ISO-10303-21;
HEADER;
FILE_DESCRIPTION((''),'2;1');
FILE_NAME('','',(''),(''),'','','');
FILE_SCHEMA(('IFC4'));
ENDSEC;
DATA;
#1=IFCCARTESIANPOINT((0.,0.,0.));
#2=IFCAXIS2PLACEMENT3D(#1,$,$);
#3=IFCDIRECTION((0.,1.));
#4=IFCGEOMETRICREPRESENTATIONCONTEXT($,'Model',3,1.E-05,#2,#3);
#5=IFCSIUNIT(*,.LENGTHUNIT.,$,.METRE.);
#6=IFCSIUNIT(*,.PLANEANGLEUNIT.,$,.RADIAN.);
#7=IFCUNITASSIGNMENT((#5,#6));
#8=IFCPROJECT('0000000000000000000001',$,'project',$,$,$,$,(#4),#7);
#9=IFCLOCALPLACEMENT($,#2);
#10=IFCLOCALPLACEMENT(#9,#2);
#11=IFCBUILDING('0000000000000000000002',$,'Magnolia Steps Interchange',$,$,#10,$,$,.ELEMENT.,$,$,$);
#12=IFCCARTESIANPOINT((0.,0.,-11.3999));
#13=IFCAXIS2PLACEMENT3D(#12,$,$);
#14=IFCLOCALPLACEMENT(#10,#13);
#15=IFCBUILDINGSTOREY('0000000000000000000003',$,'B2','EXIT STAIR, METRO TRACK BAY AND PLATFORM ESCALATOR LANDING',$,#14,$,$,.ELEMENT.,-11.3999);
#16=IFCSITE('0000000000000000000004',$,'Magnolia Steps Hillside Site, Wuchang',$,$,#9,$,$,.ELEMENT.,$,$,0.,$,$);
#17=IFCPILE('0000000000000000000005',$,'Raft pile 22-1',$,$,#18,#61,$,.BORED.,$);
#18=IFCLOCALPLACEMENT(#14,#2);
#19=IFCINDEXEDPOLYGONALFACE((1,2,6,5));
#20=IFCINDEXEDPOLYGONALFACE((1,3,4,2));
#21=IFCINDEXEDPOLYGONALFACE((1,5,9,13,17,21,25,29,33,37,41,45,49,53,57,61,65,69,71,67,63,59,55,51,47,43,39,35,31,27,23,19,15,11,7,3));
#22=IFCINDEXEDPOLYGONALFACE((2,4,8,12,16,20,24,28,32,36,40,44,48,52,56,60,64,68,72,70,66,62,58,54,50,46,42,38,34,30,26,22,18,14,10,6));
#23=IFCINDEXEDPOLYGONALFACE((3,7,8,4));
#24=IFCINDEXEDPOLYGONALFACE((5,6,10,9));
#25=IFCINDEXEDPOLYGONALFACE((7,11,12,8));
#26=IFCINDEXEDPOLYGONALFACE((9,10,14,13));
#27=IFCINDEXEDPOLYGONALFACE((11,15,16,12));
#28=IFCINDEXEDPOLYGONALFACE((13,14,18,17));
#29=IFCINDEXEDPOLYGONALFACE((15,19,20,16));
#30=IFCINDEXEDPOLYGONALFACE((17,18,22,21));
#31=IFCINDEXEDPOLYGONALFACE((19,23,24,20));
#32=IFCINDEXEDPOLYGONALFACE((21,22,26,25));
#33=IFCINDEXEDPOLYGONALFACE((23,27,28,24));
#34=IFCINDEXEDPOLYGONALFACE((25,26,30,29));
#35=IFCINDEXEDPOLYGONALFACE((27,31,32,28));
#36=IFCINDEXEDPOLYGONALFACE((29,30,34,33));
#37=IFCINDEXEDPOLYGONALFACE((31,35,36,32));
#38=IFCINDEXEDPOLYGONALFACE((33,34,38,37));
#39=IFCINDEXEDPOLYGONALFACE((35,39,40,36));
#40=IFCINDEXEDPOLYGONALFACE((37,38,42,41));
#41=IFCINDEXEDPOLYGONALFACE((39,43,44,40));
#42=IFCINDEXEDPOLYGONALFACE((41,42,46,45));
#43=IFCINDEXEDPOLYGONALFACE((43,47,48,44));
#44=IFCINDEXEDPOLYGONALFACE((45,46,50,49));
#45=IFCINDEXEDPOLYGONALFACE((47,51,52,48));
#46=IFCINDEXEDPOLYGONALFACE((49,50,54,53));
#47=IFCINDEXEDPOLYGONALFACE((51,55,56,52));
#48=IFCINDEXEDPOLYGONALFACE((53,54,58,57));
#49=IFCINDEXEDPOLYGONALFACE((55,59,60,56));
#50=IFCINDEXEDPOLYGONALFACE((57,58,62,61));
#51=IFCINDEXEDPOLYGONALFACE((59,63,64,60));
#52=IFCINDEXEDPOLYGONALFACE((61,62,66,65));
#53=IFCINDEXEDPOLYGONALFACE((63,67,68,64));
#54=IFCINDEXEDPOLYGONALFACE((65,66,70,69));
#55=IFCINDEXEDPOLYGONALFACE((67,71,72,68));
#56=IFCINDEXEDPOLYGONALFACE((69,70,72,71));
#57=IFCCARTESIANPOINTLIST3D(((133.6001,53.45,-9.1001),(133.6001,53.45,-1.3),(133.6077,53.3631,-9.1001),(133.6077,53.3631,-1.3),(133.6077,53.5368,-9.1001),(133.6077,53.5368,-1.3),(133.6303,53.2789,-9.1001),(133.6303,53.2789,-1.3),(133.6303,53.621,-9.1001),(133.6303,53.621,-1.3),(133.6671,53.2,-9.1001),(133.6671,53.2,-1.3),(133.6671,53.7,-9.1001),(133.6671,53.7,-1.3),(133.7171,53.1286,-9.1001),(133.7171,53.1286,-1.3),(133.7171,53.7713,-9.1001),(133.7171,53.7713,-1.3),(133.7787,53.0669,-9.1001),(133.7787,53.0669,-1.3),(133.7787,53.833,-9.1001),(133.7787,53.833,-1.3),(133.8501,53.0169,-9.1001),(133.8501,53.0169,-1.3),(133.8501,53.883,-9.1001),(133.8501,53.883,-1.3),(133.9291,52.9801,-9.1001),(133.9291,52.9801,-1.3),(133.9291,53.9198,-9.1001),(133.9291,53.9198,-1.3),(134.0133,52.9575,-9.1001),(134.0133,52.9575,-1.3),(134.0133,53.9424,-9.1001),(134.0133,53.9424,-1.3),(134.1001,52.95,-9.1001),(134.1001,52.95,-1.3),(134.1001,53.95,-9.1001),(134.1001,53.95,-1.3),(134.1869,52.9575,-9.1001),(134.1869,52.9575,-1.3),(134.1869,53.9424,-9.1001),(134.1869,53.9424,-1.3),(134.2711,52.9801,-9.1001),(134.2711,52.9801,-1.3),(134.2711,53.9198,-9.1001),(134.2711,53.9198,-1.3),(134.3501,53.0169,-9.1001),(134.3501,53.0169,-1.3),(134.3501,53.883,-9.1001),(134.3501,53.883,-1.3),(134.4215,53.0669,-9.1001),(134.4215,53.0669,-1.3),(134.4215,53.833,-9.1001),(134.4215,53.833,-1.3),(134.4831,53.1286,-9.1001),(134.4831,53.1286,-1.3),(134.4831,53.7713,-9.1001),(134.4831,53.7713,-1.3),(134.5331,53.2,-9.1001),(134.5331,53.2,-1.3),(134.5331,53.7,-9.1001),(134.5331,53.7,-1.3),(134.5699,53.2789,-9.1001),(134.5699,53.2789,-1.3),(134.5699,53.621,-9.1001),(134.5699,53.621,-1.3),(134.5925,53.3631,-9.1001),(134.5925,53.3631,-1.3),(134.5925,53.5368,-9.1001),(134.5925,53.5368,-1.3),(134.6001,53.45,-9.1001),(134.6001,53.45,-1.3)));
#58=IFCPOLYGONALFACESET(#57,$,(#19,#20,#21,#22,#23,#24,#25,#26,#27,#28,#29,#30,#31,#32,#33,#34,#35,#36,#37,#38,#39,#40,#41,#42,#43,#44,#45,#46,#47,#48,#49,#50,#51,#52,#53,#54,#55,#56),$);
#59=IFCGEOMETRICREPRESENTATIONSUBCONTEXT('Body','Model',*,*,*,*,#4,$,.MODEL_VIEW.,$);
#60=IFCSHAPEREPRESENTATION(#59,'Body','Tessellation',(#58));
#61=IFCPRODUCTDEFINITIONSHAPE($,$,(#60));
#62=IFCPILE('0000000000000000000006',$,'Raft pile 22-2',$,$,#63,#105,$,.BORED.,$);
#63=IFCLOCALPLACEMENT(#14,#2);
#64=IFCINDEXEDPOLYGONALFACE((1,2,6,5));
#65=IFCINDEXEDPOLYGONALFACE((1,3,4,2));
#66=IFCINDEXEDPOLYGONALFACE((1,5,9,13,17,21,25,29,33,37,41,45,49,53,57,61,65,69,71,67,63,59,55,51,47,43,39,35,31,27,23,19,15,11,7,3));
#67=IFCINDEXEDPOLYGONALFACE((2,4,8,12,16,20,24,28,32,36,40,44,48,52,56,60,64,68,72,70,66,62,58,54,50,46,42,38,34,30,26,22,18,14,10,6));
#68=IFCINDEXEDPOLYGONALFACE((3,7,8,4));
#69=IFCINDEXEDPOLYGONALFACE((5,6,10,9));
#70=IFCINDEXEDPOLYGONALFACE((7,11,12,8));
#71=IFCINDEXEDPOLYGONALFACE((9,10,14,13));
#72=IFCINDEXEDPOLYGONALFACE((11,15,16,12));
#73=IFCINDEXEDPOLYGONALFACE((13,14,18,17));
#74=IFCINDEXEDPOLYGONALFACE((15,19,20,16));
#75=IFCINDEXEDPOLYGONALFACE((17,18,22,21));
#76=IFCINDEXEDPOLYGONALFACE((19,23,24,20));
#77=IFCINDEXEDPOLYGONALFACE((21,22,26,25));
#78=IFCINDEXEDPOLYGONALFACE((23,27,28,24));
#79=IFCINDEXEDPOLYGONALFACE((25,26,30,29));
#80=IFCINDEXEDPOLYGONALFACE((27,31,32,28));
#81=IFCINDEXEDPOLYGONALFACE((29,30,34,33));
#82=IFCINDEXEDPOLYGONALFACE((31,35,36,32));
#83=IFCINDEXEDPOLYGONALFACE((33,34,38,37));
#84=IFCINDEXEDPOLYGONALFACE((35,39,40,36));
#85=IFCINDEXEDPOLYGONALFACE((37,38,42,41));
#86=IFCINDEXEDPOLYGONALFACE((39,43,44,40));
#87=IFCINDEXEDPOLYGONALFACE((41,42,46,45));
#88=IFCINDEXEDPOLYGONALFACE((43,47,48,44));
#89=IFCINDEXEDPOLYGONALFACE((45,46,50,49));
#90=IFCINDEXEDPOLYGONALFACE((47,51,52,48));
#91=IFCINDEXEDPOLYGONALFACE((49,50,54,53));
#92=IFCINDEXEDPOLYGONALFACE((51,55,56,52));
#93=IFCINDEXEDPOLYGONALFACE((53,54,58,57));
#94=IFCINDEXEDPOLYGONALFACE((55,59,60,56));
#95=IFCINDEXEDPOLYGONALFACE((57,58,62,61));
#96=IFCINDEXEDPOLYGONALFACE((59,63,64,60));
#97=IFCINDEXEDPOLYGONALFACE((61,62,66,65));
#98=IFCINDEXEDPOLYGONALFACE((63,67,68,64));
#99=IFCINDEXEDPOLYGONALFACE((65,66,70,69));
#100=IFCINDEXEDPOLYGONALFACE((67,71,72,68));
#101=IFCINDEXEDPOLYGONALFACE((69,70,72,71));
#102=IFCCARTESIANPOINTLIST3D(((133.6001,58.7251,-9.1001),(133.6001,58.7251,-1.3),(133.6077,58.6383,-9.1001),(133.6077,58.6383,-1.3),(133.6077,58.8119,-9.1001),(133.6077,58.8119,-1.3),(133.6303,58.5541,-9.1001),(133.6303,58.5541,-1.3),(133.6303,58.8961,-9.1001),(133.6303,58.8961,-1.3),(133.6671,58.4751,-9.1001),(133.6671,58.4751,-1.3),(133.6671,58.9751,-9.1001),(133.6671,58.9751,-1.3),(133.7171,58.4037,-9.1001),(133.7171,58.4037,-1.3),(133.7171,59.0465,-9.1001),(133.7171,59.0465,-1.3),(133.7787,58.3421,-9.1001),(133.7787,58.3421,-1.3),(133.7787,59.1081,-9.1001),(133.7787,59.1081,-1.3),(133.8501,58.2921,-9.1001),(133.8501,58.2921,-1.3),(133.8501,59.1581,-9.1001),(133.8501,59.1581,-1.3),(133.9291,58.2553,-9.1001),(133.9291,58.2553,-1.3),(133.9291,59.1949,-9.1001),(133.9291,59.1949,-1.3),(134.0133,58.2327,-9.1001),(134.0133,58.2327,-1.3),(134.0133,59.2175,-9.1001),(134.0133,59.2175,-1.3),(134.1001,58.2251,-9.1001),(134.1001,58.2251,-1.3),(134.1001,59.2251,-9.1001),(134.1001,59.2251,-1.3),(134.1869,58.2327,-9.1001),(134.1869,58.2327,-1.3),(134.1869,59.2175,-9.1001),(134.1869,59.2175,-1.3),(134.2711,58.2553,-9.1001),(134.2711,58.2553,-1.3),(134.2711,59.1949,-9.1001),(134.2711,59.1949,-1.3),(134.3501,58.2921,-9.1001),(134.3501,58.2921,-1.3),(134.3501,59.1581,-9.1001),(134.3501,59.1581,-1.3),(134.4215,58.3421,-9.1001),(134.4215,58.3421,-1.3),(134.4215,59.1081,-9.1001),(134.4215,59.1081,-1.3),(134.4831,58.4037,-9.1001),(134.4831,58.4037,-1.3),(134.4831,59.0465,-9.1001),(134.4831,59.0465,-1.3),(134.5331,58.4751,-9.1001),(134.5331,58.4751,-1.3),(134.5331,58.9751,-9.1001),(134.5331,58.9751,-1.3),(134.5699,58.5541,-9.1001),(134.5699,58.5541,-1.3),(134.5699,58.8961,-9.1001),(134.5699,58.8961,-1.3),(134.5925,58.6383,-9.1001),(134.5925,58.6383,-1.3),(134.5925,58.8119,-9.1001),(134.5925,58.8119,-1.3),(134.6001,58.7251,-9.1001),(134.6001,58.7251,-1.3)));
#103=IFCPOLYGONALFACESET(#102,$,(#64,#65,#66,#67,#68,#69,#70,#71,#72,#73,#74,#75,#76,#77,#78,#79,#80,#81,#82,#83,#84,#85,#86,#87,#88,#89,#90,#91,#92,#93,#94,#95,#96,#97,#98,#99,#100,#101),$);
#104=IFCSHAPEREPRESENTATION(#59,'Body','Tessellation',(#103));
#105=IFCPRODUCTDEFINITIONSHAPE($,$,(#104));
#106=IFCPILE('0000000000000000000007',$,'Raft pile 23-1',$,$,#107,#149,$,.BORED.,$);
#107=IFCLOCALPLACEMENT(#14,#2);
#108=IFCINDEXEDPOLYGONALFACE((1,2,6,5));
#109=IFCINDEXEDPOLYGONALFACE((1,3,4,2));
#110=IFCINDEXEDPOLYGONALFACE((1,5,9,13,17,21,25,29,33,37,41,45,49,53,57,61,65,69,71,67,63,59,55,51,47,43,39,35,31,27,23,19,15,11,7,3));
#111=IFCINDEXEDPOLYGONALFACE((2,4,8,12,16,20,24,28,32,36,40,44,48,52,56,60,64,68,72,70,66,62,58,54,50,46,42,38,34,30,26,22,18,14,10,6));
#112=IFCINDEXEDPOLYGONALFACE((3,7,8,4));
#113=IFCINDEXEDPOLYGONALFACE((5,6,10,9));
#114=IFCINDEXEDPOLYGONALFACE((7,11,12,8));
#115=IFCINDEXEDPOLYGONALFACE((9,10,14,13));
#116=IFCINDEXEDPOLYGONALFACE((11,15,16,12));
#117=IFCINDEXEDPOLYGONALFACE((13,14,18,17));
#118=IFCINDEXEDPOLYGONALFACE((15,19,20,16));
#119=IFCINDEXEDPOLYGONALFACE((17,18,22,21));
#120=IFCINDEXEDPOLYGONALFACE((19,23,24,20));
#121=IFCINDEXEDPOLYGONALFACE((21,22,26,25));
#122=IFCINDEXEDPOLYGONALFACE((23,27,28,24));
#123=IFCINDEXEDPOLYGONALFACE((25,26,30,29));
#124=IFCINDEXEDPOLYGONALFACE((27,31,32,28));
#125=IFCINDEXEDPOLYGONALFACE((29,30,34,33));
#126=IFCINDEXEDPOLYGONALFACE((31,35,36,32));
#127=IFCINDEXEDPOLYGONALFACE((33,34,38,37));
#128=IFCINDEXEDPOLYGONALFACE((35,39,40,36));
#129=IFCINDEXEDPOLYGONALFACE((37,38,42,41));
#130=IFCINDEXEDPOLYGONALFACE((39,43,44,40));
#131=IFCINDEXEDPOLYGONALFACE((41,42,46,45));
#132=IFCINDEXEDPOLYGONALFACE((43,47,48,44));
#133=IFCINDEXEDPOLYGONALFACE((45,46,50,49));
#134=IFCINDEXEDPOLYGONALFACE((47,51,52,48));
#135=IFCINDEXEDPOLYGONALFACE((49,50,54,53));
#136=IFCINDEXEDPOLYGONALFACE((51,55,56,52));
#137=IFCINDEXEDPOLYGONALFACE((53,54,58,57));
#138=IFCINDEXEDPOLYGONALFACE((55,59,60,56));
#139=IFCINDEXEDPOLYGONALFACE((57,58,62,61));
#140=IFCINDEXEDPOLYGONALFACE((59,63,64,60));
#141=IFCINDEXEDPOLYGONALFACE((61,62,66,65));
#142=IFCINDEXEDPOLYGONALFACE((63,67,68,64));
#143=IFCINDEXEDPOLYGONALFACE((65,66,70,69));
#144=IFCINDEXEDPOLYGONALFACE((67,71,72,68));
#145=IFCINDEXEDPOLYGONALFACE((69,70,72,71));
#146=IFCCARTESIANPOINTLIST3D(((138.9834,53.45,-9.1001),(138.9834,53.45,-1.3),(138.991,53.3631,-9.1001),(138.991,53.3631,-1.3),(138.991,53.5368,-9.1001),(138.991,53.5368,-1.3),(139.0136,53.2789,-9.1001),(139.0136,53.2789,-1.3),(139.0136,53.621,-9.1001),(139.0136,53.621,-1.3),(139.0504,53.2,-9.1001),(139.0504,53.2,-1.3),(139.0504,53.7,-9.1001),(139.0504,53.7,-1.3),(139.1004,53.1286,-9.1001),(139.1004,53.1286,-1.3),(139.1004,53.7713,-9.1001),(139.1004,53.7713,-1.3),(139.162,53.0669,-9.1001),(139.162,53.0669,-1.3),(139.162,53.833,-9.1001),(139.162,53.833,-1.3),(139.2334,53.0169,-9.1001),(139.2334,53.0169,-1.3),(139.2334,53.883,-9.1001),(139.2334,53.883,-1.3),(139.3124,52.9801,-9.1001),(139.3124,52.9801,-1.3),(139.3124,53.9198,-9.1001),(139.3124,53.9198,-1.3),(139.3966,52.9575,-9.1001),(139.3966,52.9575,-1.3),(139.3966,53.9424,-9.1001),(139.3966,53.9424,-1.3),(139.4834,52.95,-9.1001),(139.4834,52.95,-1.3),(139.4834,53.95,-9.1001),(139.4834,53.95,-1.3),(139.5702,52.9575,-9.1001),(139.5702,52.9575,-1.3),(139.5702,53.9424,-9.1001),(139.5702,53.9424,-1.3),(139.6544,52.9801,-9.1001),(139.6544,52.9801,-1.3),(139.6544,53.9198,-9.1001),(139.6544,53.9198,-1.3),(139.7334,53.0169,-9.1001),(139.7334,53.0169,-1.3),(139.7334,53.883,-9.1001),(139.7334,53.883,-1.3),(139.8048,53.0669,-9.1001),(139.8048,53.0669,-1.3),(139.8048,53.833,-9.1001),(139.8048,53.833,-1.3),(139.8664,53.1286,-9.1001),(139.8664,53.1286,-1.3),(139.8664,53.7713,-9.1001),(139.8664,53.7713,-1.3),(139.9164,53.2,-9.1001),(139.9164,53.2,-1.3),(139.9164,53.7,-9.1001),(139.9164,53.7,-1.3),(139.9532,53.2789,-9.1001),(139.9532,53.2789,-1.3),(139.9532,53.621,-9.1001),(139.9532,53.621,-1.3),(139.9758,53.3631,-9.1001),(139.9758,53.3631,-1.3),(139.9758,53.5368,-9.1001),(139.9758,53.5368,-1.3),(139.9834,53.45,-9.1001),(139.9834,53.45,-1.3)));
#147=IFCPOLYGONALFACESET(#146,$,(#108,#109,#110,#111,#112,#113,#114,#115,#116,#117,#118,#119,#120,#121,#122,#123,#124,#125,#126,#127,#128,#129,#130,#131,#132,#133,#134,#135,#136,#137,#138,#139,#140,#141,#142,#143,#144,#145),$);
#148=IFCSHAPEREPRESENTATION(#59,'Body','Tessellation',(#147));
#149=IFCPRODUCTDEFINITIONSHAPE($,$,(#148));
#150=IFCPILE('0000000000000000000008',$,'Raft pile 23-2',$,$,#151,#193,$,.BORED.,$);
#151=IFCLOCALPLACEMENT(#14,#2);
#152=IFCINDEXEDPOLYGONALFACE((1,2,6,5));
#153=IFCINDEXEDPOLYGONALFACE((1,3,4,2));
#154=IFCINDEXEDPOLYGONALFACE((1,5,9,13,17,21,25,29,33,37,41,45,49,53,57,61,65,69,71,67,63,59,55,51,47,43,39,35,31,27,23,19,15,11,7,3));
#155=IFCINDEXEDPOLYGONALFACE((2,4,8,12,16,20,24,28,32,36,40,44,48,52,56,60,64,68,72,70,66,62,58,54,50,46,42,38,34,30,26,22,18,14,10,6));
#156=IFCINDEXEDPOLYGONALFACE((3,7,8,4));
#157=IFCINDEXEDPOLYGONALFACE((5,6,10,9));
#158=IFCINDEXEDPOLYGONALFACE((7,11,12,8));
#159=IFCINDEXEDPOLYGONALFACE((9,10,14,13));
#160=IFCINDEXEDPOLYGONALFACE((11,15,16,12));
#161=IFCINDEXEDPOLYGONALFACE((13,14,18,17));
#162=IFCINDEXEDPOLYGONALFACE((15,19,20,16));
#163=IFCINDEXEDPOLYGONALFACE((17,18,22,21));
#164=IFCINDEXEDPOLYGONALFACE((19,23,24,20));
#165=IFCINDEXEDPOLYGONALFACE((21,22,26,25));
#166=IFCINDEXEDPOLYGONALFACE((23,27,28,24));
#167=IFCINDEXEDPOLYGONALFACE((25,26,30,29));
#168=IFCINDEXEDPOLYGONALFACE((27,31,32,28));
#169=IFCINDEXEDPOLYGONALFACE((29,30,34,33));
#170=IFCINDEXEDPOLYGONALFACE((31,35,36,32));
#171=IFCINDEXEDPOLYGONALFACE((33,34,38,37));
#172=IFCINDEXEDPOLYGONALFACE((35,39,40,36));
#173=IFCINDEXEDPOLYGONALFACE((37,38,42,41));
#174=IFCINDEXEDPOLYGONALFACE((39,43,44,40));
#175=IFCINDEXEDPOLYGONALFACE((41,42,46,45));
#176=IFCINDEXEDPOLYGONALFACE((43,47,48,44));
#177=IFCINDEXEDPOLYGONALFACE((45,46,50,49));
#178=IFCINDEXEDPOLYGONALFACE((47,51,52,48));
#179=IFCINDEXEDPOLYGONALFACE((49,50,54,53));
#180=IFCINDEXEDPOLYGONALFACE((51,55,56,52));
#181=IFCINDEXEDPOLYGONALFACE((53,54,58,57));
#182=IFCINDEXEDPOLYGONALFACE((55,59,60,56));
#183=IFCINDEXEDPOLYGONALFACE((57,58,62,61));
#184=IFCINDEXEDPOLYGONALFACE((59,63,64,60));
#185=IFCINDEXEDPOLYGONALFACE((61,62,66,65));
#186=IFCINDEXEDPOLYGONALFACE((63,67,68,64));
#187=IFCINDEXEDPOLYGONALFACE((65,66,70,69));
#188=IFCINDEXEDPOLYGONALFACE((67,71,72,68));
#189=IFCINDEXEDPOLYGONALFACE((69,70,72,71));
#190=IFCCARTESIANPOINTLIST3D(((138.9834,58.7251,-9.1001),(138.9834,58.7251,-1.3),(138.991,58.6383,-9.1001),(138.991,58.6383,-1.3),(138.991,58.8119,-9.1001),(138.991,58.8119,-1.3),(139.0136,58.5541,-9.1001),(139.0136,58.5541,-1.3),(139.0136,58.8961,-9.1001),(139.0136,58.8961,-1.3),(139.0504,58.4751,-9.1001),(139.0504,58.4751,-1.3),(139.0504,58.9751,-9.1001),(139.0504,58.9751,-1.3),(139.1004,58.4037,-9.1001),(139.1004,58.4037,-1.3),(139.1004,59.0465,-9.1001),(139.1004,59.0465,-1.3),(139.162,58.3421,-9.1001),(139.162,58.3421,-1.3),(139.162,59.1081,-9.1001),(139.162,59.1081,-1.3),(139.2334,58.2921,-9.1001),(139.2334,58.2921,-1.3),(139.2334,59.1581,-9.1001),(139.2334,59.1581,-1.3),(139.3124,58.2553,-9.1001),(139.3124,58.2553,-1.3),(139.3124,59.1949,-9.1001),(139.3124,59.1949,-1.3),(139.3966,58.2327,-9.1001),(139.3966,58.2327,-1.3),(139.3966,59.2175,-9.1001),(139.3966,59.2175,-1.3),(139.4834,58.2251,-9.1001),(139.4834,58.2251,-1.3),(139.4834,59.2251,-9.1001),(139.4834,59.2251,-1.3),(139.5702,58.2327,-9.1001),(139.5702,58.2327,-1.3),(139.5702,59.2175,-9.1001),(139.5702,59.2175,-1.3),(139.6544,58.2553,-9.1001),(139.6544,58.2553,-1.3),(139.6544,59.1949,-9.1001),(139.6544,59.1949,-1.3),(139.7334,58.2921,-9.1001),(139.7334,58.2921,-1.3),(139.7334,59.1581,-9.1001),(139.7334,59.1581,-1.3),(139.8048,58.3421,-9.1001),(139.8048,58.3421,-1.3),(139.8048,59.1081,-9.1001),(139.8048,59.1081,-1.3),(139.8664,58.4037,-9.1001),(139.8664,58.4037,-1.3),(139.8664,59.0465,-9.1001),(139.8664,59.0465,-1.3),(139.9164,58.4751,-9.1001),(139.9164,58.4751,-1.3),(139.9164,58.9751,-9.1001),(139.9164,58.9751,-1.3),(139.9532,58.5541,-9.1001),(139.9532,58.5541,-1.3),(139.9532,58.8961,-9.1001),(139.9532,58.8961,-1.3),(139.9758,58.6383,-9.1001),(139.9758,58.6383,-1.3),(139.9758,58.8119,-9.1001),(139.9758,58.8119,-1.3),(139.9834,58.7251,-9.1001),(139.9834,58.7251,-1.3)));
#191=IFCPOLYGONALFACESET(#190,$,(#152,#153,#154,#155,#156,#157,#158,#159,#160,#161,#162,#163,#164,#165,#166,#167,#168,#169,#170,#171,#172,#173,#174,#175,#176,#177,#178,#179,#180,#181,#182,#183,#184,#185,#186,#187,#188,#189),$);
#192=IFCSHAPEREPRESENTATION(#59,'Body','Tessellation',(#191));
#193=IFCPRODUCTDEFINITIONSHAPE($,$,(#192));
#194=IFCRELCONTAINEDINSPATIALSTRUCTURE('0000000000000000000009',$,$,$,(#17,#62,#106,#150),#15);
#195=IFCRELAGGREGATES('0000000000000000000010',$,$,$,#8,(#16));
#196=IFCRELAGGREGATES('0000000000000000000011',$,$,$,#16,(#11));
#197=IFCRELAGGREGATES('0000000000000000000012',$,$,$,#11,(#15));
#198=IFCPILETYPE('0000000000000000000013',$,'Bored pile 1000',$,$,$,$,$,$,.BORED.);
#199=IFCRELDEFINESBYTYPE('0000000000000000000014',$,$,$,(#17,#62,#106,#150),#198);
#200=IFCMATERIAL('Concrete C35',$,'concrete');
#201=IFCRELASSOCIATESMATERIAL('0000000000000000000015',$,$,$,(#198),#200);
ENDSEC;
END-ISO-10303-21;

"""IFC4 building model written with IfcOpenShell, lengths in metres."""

from ifc_helpers import new_model, si_unit, direction, frame, origin, origin_2d, place, context, subcontext, project, spatial, circle, extrude, material, material_profile, profile_set, type_object, element, save


model = new_model("IFC4")

# Units and contexts
model_context = context("Model", 3, precision=1e-05, world=origin(), true_north=direction((0.0, 1.0)))
body_context = subcontext(model_context, "Body", "Model", "MODEL_VIEW")
ifc_project = project(units=[si_unit("LENGTHUNIT", "METRE"), si_unit("PLANEANGLEUNIT", "RADIAN")], contexts=[model_context])

# Site, building, storey
site_placement = place(None, origin())
site = spatial("IfcSite", under=ifc_project, at=site_placement, Name="Magnolia Steps Hillside Site, Wuchang", CompositionType="ELEMENT", RefElevation=0.0)
building_placement = place(site_placement, origin())
building = spatial("IfcBuilding", under=site, at=building_placement, Name="Magnolia Steps Interchange", CompositionType="ELEMENT")
storey_placement = place(building_placement, frame((0.0, 0.0, -11.3999)))
storey = spatial("IfcBuildingStorey", under=building, at=storey_placement, Name="B2", Description="EXIT STAIR, METRO TRACK BAY AND PLATFORM ESCALATOR LANDING", CompositionType="ELEMENT", Elevation=-11.3999)

# Piles
ifc_material_1 = material(Name="Concrete C35", Category="concrete")
ifc_material_profile_1 = material_profile(ifc_material_1, circle(Radius=0.5, at=origin_2d()), Name="Bored pile 1000")
ifc_profile_set_1 = profile_set([ifc_material_profile_1], Name="Concrete C35")
pile_type_1 = type_object("IfcPileType", Name="Bored pile 1000", PredefinedType="BORED", material=ifc_profile_set_1)
for number, where, z_axis, x_axis, name in (
    (1, (134.1001, 53.45, -1.3), (0.0, 0.0, -1.0), (1.0, 0.0, 0.0), "Raft pile 22-1"),
    (2, (134.1001, 58.7251, -1.3), (0.0, 0.0, -1.0), (1.0, 0.0, 0.0), "Raft pile 22-2"),
    (3, (139.4834, 53.45, -1.3), (0.0, 0.0, -1.0), (1.0, 0.0, 0.0), "Raft pile 23-1"),
    (4, (139.4834, 58.7251, -1.3), (0.0, 0.0, -1.0), (1.0, 0.0, 0.0), "Raft pile 23-2"),
):
    element("IfcPile", number, at=place(storey_placement, frame(where, z_axis=z_axis, x_axis=x_axis)), inside=storey, type_object=pile_type_1, Name=name, PredefinedType="BORED", context=body_context, shape_type="SweptSolid", body=[
        extrude(circle(Radius=0.5, at=origin_2d()), origin(), (0.0, 0.0, 1.0), 7.8),
    ])

save(model, "model.ifc")
